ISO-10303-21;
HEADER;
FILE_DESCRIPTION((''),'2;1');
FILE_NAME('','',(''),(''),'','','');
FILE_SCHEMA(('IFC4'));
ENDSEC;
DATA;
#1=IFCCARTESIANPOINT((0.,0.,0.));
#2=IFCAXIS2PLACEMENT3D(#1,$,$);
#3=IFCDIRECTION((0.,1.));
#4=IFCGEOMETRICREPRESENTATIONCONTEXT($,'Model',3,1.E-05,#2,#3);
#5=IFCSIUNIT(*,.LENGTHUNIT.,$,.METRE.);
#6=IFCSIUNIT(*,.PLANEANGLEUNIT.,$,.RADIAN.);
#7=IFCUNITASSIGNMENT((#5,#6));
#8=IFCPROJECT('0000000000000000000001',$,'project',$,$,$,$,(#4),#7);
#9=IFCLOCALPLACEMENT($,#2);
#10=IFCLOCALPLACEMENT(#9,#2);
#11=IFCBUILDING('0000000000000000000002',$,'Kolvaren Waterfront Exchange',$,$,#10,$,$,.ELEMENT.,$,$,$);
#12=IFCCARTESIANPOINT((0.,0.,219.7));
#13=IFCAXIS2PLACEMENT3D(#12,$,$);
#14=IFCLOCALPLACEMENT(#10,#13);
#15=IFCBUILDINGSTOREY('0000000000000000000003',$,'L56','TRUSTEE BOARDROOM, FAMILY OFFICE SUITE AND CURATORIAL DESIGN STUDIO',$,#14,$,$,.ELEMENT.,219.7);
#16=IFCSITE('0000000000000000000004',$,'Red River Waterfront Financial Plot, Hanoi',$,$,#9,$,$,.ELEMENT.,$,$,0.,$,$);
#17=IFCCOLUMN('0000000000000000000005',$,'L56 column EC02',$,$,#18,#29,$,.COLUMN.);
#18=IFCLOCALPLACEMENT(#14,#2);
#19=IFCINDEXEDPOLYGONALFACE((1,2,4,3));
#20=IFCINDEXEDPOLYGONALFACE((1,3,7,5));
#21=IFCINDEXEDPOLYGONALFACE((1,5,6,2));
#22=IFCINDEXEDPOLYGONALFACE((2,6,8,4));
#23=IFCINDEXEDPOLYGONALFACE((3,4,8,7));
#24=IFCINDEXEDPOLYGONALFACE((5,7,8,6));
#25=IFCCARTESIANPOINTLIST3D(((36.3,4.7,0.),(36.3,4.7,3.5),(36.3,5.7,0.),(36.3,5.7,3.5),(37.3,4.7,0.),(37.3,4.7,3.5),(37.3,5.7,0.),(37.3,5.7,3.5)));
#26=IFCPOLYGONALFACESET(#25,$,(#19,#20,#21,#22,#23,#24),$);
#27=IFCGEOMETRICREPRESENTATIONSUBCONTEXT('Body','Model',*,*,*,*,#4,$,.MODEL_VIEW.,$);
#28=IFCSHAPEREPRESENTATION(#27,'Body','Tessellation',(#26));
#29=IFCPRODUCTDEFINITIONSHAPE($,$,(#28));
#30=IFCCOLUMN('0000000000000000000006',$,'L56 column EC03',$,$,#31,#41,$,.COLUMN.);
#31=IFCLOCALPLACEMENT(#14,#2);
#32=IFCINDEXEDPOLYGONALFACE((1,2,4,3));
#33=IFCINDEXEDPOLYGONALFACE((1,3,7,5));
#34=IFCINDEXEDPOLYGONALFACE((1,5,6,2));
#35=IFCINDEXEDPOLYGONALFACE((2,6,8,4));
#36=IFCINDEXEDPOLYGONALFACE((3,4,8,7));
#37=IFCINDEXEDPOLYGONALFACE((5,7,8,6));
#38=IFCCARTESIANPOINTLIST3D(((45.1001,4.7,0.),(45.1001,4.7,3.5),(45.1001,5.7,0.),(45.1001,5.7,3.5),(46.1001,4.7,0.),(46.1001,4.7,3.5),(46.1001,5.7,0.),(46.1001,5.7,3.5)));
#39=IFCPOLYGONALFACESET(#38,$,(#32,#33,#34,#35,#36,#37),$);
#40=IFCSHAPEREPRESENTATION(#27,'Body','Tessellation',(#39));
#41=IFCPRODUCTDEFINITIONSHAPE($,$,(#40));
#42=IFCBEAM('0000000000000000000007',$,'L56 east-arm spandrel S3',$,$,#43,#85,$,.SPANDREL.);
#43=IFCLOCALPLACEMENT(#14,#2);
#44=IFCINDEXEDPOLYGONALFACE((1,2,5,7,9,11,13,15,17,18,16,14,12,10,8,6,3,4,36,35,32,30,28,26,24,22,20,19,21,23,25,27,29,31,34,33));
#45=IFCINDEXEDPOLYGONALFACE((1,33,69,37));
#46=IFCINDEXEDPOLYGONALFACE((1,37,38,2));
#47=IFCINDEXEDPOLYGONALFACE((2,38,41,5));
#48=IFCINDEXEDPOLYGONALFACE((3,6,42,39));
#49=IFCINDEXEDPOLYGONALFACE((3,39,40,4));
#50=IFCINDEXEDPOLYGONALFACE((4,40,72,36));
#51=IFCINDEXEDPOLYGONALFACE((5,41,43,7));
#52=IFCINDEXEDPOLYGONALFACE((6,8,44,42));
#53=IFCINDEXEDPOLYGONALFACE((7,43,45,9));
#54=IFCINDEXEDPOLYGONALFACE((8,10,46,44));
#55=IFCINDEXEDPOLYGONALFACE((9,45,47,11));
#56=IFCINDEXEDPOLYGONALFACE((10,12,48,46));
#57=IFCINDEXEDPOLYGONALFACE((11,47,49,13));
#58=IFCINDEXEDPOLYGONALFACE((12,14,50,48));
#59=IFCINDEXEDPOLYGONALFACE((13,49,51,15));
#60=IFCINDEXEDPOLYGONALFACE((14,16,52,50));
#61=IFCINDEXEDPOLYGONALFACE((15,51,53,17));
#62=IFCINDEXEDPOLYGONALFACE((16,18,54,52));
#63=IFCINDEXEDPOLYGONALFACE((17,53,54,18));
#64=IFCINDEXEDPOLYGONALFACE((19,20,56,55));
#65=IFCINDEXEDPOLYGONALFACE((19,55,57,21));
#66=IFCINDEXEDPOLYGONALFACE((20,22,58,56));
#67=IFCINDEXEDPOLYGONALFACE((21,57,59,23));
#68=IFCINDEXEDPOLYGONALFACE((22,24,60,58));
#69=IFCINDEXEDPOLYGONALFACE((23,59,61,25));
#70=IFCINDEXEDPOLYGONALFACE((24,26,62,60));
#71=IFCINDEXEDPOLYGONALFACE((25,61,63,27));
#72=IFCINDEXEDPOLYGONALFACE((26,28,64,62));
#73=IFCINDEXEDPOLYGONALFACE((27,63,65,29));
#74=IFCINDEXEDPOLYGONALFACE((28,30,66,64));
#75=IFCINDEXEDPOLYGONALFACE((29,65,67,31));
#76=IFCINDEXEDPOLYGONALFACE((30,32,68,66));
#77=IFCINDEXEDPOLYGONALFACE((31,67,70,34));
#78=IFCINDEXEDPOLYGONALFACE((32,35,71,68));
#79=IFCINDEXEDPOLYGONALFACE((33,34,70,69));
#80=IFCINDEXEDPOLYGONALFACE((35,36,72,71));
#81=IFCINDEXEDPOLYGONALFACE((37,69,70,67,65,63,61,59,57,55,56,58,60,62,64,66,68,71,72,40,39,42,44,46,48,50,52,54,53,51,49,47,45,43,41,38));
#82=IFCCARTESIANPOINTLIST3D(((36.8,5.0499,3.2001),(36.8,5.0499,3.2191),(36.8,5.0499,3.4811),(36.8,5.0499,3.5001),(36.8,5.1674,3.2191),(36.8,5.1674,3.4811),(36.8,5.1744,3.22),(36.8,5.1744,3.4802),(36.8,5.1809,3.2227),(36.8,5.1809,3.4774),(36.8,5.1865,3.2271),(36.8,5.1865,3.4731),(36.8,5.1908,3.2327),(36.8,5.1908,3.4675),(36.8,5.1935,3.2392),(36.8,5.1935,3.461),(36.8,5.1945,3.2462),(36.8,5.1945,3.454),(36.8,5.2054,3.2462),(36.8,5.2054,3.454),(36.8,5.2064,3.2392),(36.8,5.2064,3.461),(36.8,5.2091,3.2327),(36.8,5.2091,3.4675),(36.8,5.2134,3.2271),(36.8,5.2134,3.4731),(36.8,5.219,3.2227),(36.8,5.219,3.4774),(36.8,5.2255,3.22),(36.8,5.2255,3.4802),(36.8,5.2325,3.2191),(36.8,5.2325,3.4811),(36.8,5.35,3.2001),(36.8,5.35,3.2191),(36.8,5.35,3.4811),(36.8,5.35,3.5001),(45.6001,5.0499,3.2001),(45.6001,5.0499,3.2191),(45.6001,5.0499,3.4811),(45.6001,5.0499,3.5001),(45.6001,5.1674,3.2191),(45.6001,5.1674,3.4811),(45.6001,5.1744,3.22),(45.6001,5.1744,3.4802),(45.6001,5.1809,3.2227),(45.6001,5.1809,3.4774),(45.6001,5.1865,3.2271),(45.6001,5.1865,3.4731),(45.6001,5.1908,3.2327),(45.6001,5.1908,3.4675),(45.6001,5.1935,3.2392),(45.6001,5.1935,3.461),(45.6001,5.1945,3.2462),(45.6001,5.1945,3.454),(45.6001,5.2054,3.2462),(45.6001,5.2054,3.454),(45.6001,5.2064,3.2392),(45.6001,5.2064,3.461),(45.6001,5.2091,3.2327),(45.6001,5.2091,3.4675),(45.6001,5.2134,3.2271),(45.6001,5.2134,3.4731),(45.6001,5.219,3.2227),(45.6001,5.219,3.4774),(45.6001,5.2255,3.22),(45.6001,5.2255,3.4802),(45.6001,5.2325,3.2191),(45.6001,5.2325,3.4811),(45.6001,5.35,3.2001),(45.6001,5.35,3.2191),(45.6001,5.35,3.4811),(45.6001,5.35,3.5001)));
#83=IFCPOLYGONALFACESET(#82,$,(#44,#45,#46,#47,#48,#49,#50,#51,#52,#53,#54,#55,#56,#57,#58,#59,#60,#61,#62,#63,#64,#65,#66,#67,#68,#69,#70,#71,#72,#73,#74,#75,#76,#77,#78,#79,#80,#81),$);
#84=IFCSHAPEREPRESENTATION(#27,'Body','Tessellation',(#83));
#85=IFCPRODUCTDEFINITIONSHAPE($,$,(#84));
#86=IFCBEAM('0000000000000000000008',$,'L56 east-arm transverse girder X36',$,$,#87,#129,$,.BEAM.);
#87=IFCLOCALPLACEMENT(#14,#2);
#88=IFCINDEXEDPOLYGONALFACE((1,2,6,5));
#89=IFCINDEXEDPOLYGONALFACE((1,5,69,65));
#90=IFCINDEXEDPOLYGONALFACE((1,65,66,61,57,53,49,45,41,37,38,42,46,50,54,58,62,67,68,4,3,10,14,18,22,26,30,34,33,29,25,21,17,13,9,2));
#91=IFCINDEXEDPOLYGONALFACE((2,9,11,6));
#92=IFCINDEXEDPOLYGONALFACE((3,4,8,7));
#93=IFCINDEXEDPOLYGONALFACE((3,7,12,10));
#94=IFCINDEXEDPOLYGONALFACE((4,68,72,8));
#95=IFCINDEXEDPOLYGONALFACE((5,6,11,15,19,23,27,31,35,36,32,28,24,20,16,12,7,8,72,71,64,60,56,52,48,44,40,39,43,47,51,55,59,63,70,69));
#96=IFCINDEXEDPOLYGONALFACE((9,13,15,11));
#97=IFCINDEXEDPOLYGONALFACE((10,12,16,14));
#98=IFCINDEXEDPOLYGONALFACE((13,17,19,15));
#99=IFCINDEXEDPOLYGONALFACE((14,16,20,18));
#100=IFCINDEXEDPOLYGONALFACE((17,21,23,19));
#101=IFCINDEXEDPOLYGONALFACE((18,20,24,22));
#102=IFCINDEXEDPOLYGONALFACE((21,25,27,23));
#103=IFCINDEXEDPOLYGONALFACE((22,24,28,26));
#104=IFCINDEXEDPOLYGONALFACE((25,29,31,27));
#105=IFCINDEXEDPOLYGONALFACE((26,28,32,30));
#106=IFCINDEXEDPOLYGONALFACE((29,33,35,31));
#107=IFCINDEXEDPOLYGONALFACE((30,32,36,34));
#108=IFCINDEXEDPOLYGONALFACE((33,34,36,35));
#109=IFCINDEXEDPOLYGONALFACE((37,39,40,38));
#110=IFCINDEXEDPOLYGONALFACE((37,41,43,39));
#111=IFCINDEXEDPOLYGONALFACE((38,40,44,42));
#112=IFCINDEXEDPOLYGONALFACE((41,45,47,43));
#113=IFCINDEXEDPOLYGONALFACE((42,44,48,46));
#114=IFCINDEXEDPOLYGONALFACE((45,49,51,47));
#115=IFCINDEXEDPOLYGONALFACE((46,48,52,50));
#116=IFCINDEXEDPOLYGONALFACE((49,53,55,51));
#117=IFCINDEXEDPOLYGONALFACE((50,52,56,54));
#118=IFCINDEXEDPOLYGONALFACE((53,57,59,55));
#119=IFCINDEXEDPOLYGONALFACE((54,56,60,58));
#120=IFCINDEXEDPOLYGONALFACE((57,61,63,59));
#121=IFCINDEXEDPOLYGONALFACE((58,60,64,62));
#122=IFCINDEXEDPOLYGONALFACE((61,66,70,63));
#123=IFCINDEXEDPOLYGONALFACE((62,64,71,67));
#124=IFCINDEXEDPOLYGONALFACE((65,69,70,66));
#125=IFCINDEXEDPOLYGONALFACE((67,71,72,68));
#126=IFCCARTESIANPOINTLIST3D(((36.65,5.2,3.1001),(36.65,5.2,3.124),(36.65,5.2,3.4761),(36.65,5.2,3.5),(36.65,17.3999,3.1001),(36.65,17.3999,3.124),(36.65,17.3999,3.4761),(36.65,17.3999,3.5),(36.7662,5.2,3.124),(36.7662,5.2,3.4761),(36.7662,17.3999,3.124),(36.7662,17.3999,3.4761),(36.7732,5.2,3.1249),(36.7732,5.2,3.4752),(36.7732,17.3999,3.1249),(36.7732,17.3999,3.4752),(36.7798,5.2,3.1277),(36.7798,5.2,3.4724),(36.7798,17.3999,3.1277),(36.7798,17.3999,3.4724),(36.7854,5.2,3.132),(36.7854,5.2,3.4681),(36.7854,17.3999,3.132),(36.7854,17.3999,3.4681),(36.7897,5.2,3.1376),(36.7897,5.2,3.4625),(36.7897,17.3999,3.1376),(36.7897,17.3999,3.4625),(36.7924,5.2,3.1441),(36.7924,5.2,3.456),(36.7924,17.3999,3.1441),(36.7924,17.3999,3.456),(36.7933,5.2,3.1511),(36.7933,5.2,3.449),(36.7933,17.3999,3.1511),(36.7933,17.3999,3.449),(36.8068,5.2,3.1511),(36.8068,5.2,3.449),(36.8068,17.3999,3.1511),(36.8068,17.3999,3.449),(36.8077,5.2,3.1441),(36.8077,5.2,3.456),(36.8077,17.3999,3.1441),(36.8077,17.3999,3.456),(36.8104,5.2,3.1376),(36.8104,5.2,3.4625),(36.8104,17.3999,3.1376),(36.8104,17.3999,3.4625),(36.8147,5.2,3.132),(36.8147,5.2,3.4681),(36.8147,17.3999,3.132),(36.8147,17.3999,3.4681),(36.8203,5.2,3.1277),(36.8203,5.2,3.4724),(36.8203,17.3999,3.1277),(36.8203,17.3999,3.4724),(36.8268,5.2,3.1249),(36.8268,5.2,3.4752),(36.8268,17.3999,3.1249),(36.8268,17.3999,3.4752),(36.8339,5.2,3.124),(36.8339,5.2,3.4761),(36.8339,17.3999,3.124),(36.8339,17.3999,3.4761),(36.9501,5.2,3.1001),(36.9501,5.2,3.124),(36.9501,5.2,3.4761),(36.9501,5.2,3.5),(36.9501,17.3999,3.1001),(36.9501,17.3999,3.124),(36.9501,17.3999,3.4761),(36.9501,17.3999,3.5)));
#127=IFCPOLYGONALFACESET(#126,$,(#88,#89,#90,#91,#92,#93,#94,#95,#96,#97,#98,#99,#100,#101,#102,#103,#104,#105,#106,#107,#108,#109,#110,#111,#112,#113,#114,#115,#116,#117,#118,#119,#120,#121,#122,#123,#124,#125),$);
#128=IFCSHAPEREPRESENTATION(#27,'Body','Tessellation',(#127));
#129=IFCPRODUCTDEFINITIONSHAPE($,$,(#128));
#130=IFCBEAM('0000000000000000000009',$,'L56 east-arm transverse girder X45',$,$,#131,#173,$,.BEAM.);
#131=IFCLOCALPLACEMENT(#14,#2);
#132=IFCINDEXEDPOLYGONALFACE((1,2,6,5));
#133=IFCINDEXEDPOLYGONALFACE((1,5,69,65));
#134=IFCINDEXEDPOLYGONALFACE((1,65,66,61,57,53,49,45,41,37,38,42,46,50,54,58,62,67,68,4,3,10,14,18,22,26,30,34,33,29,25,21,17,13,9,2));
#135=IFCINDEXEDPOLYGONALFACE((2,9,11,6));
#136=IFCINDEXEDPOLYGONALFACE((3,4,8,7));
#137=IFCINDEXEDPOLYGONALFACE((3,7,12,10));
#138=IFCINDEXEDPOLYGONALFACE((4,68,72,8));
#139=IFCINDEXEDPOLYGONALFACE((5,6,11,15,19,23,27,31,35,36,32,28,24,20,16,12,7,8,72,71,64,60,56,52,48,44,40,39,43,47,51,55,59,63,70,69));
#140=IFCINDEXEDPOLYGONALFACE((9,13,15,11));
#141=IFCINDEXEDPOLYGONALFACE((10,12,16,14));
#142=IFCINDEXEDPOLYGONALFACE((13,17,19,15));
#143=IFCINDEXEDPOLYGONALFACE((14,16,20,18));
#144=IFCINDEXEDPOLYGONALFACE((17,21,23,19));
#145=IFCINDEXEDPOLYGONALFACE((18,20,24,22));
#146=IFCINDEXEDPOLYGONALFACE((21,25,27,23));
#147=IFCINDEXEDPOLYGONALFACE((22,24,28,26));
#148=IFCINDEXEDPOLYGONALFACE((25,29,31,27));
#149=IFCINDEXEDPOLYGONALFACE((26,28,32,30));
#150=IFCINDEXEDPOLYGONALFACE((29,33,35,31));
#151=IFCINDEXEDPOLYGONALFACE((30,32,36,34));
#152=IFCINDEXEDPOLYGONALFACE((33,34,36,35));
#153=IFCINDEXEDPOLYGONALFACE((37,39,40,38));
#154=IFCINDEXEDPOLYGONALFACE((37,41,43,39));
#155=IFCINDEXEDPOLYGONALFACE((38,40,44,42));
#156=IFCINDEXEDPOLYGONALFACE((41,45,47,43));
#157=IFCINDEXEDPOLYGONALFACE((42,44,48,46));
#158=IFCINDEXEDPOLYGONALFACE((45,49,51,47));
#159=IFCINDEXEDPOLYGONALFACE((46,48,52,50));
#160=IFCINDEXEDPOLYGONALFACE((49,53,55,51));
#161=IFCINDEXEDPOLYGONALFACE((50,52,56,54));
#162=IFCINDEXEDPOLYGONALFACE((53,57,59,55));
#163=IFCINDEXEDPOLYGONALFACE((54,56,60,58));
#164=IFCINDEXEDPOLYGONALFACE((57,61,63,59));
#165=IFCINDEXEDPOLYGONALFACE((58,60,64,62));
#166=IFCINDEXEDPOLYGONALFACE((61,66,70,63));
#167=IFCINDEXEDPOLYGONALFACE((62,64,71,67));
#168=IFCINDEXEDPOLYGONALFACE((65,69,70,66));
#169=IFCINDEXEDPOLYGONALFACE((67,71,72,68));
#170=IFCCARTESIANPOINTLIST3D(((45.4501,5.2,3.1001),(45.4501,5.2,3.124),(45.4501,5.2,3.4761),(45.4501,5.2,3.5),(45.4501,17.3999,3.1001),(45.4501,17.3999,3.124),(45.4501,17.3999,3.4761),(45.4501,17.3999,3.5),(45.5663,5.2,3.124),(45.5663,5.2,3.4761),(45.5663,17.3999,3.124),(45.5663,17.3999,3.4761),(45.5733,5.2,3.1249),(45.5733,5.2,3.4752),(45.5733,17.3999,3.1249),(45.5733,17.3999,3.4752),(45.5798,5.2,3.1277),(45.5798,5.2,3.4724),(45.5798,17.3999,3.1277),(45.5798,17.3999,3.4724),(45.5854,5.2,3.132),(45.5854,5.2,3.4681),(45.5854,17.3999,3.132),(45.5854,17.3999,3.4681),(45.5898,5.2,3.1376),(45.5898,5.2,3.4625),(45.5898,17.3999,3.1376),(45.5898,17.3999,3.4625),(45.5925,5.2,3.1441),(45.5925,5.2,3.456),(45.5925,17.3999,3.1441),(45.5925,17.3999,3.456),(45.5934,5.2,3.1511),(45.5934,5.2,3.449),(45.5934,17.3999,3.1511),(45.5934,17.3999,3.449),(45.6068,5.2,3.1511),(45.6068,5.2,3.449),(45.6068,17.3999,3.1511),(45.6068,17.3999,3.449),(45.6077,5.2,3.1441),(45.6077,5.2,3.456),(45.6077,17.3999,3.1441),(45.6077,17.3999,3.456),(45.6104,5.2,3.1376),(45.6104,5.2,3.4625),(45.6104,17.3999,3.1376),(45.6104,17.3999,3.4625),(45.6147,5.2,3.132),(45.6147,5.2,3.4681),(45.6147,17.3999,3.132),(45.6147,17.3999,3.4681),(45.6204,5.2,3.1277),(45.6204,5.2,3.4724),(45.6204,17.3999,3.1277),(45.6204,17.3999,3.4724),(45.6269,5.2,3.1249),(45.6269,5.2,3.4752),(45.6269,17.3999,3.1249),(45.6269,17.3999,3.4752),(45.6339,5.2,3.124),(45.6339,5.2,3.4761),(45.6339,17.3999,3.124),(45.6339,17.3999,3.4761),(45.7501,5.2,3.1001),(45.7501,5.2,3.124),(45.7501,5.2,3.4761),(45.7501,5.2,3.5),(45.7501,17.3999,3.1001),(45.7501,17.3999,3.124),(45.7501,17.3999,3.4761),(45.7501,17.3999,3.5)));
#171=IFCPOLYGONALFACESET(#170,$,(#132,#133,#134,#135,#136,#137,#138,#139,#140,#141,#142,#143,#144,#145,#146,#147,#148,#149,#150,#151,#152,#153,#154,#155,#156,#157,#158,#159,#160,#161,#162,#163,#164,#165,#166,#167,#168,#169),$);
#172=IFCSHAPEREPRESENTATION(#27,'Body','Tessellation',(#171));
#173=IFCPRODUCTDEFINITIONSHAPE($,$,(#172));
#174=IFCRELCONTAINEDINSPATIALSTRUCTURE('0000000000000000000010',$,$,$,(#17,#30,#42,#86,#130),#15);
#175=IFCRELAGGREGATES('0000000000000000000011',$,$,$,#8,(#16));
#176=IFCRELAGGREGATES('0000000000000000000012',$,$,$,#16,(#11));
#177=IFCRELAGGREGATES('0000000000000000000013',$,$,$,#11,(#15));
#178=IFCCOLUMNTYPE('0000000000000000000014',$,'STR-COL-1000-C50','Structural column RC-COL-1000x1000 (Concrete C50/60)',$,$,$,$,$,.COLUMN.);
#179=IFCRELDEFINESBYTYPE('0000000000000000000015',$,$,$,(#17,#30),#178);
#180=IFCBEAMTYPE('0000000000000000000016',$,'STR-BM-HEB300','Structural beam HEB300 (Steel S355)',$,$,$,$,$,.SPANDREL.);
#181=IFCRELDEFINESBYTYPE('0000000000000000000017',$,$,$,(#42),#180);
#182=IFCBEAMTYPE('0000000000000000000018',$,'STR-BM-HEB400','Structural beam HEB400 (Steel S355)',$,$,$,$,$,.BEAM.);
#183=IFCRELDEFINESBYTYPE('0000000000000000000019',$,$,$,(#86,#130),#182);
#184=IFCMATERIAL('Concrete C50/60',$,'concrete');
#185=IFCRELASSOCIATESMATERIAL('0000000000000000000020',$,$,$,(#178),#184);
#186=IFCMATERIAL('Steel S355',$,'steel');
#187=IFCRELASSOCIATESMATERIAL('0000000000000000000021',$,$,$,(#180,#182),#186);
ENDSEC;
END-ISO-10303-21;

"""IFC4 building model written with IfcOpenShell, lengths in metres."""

from ifc_helpers import new_model, si_unit, direction, frame, origin, origin_2d, place, context, subcontext, project, spatial, rectangle, i_section, extrude, material, material_profile, profile_set, type_object, element, save


model = new_model("IFC4")

# Units and contexts
model_context = context("Model", 3, precision=1e-05, world=origin(), true_north=direction((0.0, 1.0)))
body_context = subcontext(model_context, "Body", "Model", "MODEL_VIEW")
ifc_project = project(units=[si_unit("LENGTHUNIT", "METRE"), si_unit("PLANEANGLEUNIT", "RADIAN")], contexts=[model_context])

# Site, building, storey
site_placement = place(None, origin())
site = spatial("IfcSite", under=ifc_project, at=site_placement, Name="Red River Waterfront Financial Plot, Hanoi", CompositionType="ELEMENT", RefElevation=0.0)
building_placement = place(site_placement, origin())
building = spatial("IfcBuilding", under=site, at=building_placement, Name="Kolvaren Waterfront Exchange", CompositionType="ELEMENT")
storey_placement = place(building_placement, frame((0.0, 0.0, 219.7)))
storey = spatial("IfcBuildingStorey", under=building, at=storey_placement, Name="L56", Description="TRUSTEE BOARDROOM, FAMILY OFFICE SUITE AND CURATORIAL DESIGN STUDIO", CompositionType="ELEMENT", Elevation=219.7)

# Columns
ifc_material_1 = material(Name="Concrete C50/60", Category="concrete")
ifc_material_profile_1 = material_profile(ifc_material_1, rectangle(XDim=1.0, YDim=1.0, at=origin_2d()), Name="RC-COL-1000x1000")
ifc_profile_set_1 = profile_set([ifc_material_profile_1], Name="Concrete C50/60")
column_type = type_object("IfcColumnType", Name="STR-COL-1000-C50", Description="Structural column RC-COL-1000x1000 (Concrete C50/60)", PredefinedType="COLUMN", material=ifc_profile_set_1)
for number, where, z_axis, x_axis, name in (
    (1, (36.8, 5.2, 0.0), (0.0, 0.0, 1.0), (1.0, 0.0, 0.0), "L56 column EC02"),
    (2, (45.6001, 5.2, 0.0), (0.0, 0.0, 1.0), (1.0, 0.0, 0.0), "L56 column EC03"),
):
    element("IfcColumn", number, at=place(storey_placement, frame(where, z_axis=z_axis, x_axis=x_axis)), inside=storey, type_object=column_type, Name=name, PredefinedType="COLUMN", context=body_context, shape_type="SweptSolid", body=[
        extrude(rectangle(XDim=1.0, YDim=1.0, at=origin_2d()), origin(), (0.0, 0.0, 1.0), 3.5),
    ])

# Beams
ifc_material_2 = material(Name="Steel S355", Category="steel")
ifc_material_profile_2 = material_profile(ifc_material_2, i_section(OverallWidth=0.3, OverallDepth=0.3, WebThickness=0.011, FlangeThickness=0.019, FilletRadius=0.0271, at=origin_2d()), Name="HEB300")
ifc_profile_set_2 = profile_set([ifc_material_profile_2], Name="Steel S355")
beam_type_1 = type_object("IfcBeamType", Name="STR-BM-HEB300", Description="Structural beam HEB300 (Steel S355)", PredefinedType="SPANDREL", material=ifc_profile_set_2)
beam_1_placement = place(storey_placement, frame((36.8, 5.2, 3.3501), z_axis=(1.0, 0.0, 0.0), x_axis=(0.0, 1.0, 0.0)))
element("IfcBeam", 3, at=beam_1_placement, inside=storey, type_object=beam_type_1, Name="L56 east-arm spandrel S3", PredefinedType="SPANDREL", context=body_context, shape_type="SweptSolid", body=[
    extrude(i_section(OverallWidth=0.3, OverallDepth=0.3, WebThickness=0.011, FlangeThickness=0.019, FilletRadius=0.0271, at=origin_2d()), origin(), (0.0, 0.0, 1.0), 8.8),
])
ifc_material_profile_3 = material_profile(ifc_material_2, i_section(OverallWidth=0.3, OverallDepth=0.3999, WebThickness=0.0134, FlangeThickness=0.0239, FilletRadius=0.0271, at=origin_2d()), Name="HEB400")
ifc_profile_set_3 = profile_set([ifc_material_profile_3], Name="Steel S355")
beam_type_2 = type_object("IfcBeamType", Name="STR-BM-HEB400", Description="Structural beam HEB400 (Steel S355)", PredefinedType="BEAM", material=ifc_profile_set_3)
for number, where, z_axis, x_axis, name in (
    (4, (36.8, 5.2, 3.3), (0.0, 1.0, 0.0), (-1.0, 0.0, 0.0), "L56 east-arm transverse girder X36"),
    (5, (45.6001, 5.2, 3.3), (0.0, 1.0, 0.0), (-1.0, 0.0, 0.0), "L56 east-arm transverse girder X45"),
):
    element("IfcBeam", number, at=place(storey_placement, frame(where, z_axis=z_axis, x_axis=x_axis)), inside=storey, type_object=beam_type_2, Name=name, PredefinedType="BEAM", context=body_context, shape_type="SweptSolid", body=[
        extrude(i_section(OverallWidth=0.3, OverallDepth=0.3999, WebThickness=0.0134, FlangeThickness=0.0239, FilletRadius=0.0271, at=origin_2d()), origin(), (0.0, 0.0, 1.0), 12.2),
    ])

save(model, "model.ifc")
